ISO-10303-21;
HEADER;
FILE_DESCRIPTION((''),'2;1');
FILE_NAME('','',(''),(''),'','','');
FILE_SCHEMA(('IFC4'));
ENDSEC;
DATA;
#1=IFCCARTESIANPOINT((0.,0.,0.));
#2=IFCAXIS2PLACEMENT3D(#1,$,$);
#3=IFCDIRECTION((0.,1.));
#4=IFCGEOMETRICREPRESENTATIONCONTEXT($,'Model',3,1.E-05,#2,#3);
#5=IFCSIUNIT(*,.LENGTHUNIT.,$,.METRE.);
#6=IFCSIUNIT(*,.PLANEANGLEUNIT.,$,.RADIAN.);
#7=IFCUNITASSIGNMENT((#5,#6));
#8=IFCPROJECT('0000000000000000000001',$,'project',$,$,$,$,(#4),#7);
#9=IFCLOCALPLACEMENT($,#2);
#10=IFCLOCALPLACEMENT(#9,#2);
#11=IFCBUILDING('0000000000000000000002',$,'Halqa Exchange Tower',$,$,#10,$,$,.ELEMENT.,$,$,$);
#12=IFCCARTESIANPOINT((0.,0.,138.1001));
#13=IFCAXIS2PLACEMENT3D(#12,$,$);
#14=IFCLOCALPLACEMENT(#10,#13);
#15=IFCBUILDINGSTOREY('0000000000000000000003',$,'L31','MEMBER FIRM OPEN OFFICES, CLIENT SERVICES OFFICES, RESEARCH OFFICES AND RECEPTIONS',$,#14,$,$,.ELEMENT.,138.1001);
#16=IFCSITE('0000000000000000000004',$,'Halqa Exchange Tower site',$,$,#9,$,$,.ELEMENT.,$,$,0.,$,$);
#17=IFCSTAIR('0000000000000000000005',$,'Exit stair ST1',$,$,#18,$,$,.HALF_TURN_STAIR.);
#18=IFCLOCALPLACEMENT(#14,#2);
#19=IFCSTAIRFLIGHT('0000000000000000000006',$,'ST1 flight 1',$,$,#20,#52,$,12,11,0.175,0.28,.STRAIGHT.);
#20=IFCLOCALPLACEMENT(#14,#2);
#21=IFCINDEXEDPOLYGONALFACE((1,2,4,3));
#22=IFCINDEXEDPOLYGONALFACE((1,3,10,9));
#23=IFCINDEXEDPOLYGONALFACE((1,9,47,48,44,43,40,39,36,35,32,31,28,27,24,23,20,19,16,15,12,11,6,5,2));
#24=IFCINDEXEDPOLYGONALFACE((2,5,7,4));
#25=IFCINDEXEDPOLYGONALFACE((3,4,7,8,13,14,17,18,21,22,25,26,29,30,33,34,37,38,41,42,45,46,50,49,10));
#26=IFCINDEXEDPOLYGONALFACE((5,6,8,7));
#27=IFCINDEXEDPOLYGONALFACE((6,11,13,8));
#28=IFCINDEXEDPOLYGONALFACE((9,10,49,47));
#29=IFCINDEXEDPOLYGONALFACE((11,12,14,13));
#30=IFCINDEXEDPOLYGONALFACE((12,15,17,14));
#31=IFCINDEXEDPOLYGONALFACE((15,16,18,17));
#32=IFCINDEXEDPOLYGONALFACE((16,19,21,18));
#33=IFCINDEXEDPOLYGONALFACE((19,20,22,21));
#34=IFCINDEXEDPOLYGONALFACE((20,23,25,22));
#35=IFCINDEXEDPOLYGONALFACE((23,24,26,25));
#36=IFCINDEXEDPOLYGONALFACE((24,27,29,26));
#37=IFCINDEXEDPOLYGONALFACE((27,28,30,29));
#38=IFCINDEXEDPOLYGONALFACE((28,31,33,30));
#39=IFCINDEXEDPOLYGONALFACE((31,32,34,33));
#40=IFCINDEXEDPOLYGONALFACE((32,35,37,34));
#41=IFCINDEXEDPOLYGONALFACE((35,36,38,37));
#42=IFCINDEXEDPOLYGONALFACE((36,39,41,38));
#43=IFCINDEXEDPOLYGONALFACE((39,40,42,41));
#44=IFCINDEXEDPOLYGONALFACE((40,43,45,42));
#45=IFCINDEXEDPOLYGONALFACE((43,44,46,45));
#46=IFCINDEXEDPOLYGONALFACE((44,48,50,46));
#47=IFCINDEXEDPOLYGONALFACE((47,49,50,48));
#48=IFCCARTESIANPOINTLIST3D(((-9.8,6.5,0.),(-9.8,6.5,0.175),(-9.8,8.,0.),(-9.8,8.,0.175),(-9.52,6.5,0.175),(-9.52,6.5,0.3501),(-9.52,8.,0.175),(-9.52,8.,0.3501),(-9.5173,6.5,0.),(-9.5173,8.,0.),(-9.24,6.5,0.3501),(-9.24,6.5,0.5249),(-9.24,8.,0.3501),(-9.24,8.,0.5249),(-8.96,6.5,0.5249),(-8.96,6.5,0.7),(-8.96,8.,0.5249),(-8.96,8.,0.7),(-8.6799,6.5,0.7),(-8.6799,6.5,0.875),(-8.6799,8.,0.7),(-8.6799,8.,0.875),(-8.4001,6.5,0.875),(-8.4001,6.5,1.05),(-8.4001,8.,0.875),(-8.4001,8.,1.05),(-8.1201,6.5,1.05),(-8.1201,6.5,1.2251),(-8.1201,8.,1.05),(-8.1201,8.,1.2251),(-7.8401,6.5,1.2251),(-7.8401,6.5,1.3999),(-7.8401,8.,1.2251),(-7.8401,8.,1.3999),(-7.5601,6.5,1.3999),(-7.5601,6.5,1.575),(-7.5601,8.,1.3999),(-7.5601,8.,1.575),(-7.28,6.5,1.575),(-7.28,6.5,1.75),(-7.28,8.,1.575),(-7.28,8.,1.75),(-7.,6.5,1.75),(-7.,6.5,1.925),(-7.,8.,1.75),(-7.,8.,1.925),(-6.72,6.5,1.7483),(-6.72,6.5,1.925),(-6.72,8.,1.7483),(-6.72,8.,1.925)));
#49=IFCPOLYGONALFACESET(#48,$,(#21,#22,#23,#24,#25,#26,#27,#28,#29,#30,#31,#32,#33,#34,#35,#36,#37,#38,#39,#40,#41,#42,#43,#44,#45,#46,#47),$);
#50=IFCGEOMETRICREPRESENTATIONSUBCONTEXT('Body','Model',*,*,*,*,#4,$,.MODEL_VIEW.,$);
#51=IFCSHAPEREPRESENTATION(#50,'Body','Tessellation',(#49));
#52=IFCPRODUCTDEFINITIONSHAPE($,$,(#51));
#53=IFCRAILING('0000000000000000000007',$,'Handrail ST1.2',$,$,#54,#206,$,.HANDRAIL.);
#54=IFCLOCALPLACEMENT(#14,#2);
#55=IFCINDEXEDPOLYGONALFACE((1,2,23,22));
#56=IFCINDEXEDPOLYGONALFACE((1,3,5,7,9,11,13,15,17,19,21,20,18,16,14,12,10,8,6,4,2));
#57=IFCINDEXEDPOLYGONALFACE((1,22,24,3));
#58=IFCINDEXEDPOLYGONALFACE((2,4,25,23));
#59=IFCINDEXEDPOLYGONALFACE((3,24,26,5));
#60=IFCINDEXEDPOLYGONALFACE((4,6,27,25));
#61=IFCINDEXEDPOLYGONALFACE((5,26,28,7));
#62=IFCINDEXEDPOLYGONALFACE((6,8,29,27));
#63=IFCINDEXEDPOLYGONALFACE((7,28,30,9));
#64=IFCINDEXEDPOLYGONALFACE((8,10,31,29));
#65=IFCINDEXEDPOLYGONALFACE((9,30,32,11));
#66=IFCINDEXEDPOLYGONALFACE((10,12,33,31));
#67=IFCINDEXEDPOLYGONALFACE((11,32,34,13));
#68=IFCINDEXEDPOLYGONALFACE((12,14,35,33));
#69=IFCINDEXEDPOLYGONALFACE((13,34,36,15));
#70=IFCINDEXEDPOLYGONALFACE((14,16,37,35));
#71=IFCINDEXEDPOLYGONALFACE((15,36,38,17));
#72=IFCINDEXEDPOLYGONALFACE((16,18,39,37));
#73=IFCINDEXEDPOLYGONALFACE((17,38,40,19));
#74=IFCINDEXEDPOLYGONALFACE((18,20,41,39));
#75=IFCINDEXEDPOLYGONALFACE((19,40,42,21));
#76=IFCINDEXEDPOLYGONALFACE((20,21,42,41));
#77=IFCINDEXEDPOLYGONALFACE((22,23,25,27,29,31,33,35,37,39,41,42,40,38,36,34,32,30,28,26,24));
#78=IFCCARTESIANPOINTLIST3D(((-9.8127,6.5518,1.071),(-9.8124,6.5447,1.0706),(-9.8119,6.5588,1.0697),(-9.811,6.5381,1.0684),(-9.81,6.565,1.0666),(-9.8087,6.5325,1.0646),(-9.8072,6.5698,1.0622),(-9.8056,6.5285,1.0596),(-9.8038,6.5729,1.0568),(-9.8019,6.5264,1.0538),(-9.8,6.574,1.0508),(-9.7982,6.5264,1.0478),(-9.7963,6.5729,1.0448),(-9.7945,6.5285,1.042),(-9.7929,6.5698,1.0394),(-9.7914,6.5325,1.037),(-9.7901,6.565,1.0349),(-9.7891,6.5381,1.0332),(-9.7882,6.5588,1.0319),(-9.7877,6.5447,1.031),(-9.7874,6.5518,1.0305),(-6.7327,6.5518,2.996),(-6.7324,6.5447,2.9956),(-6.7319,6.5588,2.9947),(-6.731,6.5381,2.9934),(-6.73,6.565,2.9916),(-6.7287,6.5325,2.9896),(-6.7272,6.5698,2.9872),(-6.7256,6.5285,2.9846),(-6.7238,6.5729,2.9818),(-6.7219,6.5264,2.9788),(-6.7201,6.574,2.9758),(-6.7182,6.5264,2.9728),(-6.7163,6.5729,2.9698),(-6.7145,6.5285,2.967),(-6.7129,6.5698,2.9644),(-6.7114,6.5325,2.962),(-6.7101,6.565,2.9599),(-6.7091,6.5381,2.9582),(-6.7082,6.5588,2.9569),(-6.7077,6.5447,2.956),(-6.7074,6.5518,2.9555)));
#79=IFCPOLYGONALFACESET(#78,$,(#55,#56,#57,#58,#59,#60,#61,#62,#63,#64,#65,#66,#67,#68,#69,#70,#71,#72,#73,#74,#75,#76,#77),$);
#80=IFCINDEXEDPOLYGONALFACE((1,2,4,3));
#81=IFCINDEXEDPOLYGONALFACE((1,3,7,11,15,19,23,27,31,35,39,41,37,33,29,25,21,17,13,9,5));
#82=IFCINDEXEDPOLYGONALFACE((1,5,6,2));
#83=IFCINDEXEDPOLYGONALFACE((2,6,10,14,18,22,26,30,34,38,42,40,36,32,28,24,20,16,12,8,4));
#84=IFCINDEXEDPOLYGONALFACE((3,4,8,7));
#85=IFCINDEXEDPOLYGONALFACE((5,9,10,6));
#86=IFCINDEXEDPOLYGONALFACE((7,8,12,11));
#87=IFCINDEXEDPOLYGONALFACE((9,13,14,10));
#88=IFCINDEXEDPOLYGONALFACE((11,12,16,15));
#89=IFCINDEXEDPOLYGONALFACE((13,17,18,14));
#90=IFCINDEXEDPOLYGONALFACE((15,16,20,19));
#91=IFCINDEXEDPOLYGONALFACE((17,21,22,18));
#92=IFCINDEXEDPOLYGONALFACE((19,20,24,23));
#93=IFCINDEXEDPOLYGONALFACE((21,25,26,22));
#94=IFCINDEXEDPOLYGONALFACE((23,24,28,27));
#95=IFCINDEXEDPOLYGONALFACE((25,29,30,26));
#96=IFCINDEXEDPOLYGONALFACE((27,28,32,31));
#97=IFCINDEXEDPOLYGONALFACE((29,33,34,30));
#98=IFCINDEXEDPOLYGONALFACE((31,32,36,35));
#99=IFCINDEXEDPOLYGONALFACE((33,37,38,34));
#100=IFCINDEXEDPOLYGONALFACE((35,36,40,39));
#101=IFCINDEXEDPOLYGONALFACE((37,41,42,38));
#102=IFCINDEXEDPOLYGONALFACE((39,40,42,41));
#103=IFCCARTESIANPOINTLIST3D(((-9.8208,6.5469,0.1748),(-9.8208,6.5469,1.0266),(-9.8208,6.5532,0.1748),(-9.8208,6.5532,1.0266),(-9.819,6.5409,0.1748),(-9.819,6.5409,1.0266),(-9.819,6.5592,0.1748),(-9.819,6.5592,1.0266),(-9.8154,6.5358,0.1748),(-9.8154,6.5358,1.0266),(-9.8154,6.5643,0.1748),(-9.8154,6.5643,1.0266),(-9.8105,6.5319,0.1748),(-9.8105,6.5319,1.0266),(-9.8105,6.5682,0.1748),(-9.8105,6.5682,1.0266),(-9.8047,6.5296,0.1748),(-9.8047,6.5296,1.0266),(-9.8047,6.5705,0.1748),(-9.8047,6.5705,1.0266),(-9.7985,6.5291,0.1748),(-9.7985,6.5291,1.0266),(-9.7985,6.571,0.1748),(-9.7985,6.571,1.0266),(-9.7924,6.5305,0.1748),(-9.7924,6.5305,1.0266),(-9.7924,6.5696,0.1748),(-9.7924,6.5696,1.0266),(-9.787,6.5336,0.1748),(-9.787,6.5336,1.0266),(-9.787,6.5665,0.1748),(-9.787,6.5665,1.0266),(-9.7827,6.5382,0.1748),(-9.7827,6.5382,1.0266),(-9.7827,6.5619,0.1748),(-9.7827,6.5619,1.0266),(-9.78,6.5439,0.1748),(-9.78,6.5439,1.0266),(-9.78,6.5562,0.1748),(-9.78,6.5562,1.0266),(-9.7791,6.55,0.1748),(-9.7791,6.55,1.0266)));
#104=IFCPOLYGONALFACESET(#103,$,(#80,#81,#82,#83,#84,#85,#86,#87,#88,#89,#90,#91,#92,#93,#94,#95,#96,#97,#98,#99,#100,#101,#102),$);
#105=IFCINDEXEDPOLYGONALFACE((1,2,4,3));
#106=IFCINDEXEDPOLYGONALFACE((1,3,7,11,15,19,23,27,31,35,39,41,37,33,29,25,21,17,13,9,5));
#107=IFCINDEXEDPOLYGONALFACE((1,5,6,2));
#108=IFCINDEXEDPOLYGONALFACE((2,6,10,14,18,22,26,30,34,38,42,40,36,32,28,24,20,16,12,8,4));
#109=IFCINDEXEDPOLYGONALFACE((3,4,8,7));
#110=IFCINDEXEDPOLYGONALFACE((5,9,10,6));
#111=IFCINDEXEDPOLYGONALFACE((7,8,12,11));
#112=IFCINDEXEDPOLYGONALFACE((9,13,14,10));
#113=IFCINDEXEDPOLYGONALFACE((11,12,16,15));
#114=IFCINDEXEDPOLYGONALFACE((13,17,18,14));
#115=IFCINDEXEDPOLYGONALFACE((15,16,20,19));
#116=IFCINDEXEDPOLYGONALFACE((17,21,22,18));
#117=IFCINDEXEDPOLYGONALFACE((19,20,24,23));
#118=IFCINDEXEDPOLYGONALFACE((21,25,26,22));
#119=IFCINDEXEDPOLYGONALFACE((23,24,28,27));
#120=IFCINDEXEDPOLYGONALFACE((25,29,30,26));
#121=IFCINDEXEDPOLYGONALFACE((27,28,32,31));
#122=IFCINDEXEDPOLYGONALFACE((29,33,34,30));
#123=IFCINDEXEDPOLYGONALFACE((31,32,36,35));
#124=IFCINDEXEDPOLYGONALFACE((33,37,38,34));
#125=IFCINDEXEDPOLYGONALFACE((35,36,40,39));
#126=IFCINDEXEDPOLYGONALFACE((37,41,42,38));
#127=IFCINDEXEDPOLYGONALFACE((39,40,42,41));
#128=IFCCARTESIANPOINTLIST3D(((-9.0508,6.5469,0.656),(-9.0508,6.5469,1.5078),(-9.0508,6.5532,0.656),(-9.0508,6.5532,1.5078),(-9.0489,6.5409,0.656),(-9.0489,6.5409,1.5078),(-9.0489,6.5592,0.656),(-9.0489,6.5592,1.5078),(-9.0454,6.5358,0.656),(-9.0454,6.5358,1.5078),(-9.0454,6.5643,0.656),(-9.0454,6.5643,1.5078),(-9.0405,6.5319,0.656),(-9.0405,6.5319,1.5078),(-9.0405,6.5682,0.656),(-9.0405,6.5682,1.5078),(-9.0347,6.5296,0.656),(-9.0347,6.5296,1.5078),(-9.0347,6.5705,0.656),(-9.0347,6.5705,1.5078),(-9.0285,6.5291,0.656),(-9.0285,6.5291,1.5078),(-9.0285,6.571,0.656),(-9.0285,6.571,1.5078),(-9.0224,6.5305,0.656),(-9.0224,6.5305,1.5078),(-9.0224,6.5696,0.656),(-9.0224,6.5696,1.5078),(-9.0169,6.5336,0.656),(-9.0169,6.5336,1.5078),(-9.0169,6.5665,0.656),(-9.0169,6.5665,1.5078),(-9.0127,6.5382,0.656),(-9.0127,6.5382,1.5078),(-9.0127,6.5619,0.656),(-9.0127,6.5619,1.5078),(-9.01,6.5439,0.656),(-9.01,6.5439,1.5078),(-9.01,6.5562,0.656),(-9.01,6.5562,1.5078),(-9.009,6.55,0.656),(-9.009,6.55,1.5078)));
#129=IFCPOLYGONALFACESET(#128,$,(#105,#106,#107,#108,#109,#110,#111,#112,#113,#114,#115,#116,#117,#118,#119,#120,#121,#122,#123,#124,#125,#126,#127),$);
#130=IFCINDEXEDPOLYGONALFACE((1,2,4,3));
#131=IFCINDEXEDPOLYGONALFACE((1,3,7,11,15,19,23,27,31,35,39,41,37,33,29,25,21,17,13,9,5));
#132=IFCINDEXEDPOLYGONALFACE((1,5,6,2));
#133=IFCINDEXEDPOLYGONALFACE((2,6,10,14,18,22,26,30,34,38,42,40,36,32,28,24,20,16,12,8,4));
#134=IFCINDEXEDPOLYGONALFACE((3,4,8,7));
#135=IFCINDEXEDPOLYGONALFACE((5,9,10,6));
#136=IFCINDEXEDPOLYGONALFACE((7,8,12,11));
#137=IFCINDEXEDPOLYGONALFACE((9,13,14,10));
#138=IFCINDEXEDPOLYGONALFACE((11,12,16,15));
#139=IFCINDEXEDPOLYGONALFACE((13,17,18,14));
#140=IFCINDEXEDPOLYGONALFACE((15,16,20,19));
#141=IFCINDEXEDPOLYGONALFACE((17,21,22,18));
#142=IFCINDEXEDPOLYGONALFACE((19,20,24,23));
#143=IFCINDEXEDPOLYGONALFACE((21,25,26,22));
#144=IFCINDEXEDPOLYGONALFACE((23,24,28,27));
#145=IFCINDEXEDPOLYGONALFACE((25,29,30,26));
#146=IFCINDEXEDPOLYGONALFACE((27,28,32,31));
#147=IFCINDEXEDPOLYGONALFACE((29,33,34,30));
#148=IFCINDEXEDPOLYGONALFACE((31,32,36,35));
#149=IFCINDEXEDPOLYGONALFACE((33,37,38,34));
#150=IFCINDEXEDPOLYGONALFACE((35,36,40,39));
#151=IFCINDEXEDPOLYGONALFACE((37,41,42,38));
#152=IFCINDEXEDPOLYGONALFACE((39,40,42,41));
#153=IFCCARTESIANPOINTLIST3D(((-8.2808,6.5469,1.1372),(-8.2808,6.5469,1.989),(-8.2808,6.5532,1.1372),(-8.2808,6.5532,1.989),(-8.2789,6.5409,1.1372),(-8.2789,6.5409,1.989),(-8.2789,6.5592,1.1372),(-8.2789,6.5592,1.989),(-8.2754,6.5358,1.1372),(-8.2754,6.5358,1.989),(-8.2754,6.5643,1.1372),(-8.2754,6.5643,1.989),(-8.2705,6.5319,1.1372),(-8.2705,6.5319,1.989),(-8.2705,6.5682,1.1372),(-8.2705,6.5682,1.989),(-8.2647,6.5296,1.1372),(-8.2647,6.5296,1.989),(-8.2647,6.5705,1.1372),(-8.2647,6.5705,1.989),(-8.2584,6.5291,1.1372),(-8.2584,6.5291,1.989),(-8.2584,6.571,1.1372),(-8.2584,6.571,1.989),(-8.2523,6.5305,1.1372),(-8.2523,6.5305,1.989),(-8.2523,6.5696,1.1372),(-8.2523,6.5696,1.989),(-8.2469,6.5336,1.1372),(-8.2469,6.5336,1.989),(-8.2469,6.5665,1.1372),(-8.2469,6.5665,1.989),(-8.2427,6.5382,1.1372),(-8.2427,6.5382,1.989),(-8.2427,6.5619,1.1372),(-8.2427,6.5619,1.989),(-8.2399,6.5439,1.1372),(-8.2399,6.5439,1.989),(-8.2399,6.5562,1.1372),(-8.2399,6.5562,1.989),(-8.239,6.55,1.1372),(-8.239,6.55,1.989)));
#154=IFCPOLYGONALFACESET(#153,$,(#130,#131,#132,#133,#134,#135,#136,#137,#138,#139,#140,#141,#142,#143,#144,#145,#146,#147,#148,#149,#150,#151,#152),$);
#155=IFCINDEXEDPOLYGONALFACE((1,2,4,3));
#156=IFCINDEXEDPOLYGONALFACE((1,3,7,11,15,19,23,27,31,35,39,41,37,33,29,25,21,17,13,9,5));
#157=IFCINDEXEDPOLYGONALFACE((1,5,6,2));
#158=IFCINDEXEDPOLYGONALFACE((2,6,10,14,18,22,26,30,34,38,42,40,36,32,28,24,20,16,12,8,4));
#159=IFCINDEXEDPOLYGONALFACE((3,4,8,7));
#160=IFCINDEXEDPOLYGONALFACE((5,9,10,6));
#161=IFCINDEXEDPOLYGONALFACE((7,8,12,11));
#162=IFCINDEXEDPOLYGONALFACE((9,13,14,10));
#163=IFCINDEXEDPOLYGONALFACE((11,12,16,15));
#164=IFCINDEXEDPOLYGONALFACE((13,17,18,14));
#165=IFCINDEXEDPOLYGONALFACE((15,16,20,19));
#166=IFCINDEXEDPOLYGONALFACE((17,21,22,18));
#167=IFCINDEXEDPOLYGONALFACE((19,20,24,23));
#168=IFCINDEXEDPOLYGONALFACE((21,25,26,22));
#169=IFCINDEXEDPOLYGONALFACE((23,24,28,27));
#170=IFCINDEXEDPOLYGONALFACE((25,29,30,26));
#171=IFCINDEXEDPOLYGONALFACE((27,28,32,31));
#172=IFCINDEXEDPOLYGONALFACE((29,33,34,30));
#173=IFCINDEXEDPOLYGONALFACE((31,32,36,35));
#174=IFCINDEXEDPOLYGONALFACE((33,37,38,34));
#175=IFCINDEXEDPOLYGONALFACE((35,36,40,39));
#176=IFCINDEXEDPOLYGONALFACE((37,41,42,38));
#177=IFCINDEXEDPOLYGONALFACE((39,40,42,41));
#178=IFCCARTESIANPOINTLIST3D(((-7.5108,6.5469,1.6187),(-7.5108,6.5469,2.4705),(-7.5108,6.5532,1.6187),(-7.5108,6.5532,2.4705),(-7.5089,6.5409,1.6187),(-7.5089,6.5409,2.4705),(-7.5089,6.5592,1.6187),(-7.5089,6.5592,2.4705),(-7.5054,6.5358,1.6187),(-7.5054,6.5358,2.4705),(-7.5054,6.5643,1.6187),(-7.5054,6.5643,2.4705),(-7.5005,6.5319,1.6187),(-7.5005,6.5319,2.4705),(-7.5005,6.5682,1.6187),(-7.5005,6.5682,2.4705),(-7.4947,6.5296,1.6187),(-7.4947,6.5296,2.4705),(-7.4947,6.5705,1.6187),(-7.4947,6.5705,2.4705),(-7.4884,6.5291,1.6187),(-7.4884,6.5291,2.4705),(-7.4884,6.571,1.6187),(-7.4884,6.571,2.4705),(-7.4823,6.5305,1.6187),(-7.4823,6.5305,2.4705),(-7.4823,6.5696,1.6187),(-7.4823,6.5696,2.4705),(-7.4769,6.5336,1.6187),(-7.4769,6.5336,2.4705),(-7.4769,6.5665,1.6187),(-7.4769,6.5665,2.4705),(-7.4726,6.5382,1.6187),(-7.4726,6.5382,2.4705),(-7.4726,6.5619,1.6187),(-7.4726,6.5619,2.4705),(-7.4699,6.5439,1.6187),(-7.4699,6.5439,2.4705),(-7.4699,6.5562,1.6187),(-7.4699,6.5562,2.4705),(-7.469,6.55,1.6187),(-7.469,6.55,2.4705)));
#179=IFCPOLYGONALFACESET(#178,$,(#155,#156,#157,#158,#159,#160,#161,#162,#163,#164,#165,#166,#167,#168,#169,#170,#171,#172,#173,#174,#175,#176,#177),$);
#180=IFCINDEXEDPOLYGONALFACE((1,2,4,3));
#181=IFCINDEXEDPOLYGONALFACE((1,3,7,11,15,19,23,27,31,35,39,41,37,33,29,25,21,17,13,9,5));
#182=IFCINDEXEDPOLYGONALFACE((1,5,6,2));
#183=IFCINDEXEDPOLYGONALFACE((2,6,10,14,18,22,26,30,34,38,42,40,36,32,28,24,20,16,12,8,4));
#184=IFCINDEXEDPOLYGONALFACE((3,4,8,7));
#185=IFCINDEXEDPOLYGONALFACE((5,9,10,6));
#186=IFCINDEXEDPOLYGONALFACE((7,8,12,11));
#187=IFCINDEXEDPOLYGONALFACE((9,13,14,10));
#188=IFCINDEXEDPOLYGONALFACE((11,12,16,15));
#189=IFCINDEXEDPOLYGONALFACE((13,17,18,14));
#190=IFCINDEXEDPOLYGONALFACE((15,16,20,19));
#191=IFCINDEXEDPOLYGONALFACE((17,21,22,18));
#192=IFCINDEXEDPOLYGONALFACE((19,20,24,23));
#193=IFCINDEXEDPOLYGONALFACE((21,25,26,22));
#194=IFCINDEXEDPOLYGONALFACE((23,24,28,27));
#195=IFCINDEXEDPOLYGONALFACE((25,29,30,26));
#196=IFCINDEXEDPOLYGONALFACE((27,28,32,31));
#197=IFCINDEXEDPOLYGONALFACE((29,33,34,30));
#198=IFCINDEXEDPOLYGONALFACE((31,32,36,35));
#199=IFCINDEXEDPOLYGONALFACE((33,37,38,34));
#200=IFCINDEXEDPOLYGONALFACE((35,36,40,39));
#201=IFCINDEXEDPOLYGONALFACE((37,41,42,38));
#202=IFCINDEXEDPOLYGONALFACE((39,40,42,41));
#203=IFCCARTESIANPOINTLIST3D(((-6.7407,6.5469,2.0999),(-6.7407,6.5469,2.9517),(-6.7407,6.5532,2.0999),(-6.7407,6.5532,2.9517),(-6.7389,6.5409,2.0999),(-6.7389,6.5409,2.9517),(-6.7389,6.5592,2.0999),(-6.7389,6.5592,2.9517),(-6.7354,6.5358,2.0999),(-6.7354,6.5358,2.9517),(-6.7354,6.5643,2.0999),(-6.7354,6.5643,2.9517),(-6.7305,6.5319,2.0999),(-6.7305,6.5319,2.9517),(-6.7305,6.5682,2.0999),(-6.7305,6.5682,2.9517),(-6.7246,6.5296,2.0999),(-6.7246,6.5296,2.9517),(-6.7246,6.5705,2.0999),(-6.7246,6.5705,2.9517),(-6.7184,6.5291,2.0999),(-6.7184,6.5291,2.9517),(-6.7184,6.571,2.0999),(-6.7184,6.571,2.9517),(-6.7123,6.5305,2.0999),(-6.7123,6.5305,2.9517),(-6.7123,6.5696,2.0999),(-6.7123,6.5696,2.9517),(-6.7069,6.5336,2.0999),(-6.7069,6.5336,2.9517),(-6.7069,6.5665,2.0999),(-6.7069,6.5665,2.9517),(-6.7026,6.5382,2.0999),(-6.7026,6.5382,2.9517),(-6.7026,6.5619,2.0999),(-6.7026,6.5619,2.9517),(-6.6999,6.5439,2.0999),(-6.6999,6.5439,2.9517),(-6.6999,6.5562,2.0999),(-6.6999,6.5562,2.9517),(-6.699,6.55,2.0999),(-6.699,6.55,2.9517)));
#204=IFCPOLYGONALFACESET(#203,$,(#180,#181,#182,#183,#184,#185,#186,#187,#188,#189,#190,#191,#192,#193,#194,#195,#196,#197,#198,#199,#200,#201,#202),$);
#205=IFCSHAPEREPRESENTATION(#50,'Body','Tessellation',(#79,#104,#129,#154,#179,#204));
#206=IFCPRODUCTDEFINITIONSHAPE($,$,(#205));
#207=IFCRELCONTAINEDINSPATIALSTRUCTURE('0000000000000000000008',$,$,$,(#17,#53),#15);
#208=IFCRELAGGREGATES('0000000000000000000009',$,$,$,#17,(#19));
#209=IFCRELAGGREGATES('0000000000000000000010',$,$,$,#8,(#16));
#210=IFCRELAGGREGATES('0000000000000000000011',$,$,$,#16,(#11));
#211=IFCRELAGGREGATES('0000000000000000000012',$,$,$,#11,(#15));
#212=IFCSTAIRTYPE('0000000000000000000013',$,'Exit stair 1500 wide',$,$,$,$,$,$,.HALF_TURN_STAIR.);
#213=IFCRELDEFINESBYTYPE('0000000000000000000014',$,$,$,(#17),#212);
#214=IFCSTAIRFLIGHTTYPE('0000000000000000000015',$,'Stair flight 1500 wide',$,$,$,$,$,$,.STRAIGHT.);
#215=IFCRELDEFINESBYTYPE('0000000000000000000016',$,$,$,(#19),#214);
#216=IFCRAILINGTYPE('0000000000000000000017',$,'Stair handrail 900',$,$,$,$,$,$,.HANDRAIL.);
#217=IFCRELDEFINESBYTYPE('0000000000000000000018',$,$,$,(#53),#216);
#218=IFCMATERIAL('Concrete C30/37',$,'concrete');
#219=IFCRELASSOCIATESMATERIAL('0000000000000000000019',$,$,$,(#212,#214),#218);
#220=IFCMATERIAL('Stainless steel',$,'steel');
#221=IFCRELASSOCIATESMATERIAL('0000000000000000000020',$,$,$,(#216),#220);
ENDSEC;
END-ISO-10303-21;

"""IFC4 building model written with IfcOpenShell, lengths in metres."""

from ifc_helpers import new_model, si_unit, direction, frame, origin, origin_2d, place, context, subcontext, project, spatial, polyline, circle, outline, extrude, material, type_object, element, aggregate, save


model = new_model("IFC4")

# Units and contexts
model_context = context("Model", 3, precision=1e-05, world=origin(), true_north=direction((0.0, 1.0)))
body_context = subcontext(model_context, "Body", "Model", "MODEL_VIEW")
ifc_project = project(units=[si_unit("LENGTHUNIT", "METRE"), si_unit("PLANEANGLEUNIT", "RADIAN")], contexts=[model_context])

# Site, building, storey
site_placement = place(None, origin())
site = spatial("IfcSite", under=ifc_project, at=site_placement, Name="Halqa Exchange Tower site", CompositionType="ELEMENT", RefElevation=0.0)
building_placement = place(site_placement, origin())
building = spatial("IfcBuilding", under=site, at=building_placement, Name="Halqa Exchange Tower", CompositionType="ELEMENT")
storey_placement = place(building_placement, frame((0.0, 0.0, 138.1001)))
storey = spatial("IfcBuildingStorey", under=building, at=storey_placement, Name="L31", Description="MEMBER FIRM OPEN OFFICES, CLIENT SERVICES OFFICES, RESEARCH OFFICES AND RECEPTIONS", CompositionType="ELEMENT", Elevation=138.1001)

# Shared definitions
ifc_material_1 = material(Name="Stainless steel", Category="steel")

# Shared definitions
ifc_material_2 = material(Name="Concrete C30/37", Category="concrete")

# Stair, stair flight
stair_type = type_object("IfcStairType", Name="Exit stair 1500 wide", PredefinedType="HALF_TURN_STAIR", material=ifc_material_2)
stair_placement = place(storey_placement, origin())
stair = element("IfcStair", 1, at=stair_placement, inside=storey, type_object=stair_type, Name="Exit stair ST1", PredefinedType="HALF_TURN_STAIR")
stair_flight_type = type_object("IfcStairFlightType", Name="Stair flight 1500 wide", PredefinedType="STRAIGHT", material=ifc_material_2)
stair_flight_placement = place(storey_placement, frame((-9.8, 7.25, 0.0), z_axis=(0.0, 0.0, 1.0), x_axis=(1.0, 0.0, 0.0)))
stair_flight = element("IfcStairFlight", 2, at=stair_flight_placement, type_object=stair_flight_type, Name="ST1 flight 1", NumberOfRisers=12, NumberOfTreads=11, PredefinedType="STRAIGHT", RiserHeight=0.175, TreadLength=0.28, context=body_context, shape_type="SweptSolid", body=[
    extrude(outline(polyline([(0.0, 0.0), (0.0, 0.175), (0.28, 0.175), (0.28, 0.3501), (0.5601, 0.3501), (0.5601, 0.5249), (0.8401, 0.5249), (0.8401, 0.7), (1.1201, 0.7), (1.1201, 0.875), (1.3999, 0.875), (1.3999, 1.05), (1.6799, 1.05), (1.6799, 1.2251), (1.96, 1.2251), (1.96, 1.3999), (2.24, 1.3999), (2.24, 1.575), (2.52, 1.575), (2.52, 1.75), (2.8, 1.75), (2.8, 1.925), (3.0801, 1.925), (3.0801, 2.1001), (3.0801, 1.7483), (0.2827, 0.0), (0.0, 0.0)])), frame((0.0, 0.75, 0.0), z_axis=(0.0, -1.0, 0.0), x_axis=(1.0, 0.0, 0.0)), (0.0, 0.0, 1.0), 1.5),
])
aggregate(stair, [stair_flight])

# Railing
railing_type_1 = type_object("IfcRailingType", Name="Stair handrail 900", PredefinedType="HANDRAIL", material=ifc_material_1)
railing_1_placement = place(storey_placement, frame((-9.8, 6.55, 0.1748)))
element("IfcRailing", 3, at=railing_1_placement, inside=storey, type_object=railing_type_1, Name="Handrail ST1.2", PredefinedType="HANDRAIL", context=body_context, shape_type="SweptSolid", body=[
    extrude(circle(Radius=0.0239, at=origin_2d()), frame((0.0, 0.0, 0.876), z_axis=(0.847998, 0.0, 0.529999), x_axis=(0.0, 1.0, 0.0)), (0.0, 0.0, 1.0), 3.6321),
    extrude(circle(Radius=0.021, at=origin_2d()), origin(), (0.0, 0.0, 1.0), 0.8518),
    extrude(circle(Radius=0.021, at=origin_2d()), frame((0.77, 0.0, 0.4812)), (0.0, 0.0, 1.0), 0.8518),
    extrude(circle(Radius=0.021, at=origin_2d()), frame((1.54, 0.0, 0.9624)), (0.0, 0.0, 1.0), 0.8518),
    extrude(circle(Radius=0.021, at=origin_2d()), frame((2.3101, 0.0, 1.4438)), (0.0, 0.0, 1.0), 0.8518),
    extrude(circle(Radius=0.021, at=origin_2d()), frame((3.0801, 0.0, 1.925)), (0.0, 0.0, 1.0), 0.8518),
])

save(model, "model.ifc")
